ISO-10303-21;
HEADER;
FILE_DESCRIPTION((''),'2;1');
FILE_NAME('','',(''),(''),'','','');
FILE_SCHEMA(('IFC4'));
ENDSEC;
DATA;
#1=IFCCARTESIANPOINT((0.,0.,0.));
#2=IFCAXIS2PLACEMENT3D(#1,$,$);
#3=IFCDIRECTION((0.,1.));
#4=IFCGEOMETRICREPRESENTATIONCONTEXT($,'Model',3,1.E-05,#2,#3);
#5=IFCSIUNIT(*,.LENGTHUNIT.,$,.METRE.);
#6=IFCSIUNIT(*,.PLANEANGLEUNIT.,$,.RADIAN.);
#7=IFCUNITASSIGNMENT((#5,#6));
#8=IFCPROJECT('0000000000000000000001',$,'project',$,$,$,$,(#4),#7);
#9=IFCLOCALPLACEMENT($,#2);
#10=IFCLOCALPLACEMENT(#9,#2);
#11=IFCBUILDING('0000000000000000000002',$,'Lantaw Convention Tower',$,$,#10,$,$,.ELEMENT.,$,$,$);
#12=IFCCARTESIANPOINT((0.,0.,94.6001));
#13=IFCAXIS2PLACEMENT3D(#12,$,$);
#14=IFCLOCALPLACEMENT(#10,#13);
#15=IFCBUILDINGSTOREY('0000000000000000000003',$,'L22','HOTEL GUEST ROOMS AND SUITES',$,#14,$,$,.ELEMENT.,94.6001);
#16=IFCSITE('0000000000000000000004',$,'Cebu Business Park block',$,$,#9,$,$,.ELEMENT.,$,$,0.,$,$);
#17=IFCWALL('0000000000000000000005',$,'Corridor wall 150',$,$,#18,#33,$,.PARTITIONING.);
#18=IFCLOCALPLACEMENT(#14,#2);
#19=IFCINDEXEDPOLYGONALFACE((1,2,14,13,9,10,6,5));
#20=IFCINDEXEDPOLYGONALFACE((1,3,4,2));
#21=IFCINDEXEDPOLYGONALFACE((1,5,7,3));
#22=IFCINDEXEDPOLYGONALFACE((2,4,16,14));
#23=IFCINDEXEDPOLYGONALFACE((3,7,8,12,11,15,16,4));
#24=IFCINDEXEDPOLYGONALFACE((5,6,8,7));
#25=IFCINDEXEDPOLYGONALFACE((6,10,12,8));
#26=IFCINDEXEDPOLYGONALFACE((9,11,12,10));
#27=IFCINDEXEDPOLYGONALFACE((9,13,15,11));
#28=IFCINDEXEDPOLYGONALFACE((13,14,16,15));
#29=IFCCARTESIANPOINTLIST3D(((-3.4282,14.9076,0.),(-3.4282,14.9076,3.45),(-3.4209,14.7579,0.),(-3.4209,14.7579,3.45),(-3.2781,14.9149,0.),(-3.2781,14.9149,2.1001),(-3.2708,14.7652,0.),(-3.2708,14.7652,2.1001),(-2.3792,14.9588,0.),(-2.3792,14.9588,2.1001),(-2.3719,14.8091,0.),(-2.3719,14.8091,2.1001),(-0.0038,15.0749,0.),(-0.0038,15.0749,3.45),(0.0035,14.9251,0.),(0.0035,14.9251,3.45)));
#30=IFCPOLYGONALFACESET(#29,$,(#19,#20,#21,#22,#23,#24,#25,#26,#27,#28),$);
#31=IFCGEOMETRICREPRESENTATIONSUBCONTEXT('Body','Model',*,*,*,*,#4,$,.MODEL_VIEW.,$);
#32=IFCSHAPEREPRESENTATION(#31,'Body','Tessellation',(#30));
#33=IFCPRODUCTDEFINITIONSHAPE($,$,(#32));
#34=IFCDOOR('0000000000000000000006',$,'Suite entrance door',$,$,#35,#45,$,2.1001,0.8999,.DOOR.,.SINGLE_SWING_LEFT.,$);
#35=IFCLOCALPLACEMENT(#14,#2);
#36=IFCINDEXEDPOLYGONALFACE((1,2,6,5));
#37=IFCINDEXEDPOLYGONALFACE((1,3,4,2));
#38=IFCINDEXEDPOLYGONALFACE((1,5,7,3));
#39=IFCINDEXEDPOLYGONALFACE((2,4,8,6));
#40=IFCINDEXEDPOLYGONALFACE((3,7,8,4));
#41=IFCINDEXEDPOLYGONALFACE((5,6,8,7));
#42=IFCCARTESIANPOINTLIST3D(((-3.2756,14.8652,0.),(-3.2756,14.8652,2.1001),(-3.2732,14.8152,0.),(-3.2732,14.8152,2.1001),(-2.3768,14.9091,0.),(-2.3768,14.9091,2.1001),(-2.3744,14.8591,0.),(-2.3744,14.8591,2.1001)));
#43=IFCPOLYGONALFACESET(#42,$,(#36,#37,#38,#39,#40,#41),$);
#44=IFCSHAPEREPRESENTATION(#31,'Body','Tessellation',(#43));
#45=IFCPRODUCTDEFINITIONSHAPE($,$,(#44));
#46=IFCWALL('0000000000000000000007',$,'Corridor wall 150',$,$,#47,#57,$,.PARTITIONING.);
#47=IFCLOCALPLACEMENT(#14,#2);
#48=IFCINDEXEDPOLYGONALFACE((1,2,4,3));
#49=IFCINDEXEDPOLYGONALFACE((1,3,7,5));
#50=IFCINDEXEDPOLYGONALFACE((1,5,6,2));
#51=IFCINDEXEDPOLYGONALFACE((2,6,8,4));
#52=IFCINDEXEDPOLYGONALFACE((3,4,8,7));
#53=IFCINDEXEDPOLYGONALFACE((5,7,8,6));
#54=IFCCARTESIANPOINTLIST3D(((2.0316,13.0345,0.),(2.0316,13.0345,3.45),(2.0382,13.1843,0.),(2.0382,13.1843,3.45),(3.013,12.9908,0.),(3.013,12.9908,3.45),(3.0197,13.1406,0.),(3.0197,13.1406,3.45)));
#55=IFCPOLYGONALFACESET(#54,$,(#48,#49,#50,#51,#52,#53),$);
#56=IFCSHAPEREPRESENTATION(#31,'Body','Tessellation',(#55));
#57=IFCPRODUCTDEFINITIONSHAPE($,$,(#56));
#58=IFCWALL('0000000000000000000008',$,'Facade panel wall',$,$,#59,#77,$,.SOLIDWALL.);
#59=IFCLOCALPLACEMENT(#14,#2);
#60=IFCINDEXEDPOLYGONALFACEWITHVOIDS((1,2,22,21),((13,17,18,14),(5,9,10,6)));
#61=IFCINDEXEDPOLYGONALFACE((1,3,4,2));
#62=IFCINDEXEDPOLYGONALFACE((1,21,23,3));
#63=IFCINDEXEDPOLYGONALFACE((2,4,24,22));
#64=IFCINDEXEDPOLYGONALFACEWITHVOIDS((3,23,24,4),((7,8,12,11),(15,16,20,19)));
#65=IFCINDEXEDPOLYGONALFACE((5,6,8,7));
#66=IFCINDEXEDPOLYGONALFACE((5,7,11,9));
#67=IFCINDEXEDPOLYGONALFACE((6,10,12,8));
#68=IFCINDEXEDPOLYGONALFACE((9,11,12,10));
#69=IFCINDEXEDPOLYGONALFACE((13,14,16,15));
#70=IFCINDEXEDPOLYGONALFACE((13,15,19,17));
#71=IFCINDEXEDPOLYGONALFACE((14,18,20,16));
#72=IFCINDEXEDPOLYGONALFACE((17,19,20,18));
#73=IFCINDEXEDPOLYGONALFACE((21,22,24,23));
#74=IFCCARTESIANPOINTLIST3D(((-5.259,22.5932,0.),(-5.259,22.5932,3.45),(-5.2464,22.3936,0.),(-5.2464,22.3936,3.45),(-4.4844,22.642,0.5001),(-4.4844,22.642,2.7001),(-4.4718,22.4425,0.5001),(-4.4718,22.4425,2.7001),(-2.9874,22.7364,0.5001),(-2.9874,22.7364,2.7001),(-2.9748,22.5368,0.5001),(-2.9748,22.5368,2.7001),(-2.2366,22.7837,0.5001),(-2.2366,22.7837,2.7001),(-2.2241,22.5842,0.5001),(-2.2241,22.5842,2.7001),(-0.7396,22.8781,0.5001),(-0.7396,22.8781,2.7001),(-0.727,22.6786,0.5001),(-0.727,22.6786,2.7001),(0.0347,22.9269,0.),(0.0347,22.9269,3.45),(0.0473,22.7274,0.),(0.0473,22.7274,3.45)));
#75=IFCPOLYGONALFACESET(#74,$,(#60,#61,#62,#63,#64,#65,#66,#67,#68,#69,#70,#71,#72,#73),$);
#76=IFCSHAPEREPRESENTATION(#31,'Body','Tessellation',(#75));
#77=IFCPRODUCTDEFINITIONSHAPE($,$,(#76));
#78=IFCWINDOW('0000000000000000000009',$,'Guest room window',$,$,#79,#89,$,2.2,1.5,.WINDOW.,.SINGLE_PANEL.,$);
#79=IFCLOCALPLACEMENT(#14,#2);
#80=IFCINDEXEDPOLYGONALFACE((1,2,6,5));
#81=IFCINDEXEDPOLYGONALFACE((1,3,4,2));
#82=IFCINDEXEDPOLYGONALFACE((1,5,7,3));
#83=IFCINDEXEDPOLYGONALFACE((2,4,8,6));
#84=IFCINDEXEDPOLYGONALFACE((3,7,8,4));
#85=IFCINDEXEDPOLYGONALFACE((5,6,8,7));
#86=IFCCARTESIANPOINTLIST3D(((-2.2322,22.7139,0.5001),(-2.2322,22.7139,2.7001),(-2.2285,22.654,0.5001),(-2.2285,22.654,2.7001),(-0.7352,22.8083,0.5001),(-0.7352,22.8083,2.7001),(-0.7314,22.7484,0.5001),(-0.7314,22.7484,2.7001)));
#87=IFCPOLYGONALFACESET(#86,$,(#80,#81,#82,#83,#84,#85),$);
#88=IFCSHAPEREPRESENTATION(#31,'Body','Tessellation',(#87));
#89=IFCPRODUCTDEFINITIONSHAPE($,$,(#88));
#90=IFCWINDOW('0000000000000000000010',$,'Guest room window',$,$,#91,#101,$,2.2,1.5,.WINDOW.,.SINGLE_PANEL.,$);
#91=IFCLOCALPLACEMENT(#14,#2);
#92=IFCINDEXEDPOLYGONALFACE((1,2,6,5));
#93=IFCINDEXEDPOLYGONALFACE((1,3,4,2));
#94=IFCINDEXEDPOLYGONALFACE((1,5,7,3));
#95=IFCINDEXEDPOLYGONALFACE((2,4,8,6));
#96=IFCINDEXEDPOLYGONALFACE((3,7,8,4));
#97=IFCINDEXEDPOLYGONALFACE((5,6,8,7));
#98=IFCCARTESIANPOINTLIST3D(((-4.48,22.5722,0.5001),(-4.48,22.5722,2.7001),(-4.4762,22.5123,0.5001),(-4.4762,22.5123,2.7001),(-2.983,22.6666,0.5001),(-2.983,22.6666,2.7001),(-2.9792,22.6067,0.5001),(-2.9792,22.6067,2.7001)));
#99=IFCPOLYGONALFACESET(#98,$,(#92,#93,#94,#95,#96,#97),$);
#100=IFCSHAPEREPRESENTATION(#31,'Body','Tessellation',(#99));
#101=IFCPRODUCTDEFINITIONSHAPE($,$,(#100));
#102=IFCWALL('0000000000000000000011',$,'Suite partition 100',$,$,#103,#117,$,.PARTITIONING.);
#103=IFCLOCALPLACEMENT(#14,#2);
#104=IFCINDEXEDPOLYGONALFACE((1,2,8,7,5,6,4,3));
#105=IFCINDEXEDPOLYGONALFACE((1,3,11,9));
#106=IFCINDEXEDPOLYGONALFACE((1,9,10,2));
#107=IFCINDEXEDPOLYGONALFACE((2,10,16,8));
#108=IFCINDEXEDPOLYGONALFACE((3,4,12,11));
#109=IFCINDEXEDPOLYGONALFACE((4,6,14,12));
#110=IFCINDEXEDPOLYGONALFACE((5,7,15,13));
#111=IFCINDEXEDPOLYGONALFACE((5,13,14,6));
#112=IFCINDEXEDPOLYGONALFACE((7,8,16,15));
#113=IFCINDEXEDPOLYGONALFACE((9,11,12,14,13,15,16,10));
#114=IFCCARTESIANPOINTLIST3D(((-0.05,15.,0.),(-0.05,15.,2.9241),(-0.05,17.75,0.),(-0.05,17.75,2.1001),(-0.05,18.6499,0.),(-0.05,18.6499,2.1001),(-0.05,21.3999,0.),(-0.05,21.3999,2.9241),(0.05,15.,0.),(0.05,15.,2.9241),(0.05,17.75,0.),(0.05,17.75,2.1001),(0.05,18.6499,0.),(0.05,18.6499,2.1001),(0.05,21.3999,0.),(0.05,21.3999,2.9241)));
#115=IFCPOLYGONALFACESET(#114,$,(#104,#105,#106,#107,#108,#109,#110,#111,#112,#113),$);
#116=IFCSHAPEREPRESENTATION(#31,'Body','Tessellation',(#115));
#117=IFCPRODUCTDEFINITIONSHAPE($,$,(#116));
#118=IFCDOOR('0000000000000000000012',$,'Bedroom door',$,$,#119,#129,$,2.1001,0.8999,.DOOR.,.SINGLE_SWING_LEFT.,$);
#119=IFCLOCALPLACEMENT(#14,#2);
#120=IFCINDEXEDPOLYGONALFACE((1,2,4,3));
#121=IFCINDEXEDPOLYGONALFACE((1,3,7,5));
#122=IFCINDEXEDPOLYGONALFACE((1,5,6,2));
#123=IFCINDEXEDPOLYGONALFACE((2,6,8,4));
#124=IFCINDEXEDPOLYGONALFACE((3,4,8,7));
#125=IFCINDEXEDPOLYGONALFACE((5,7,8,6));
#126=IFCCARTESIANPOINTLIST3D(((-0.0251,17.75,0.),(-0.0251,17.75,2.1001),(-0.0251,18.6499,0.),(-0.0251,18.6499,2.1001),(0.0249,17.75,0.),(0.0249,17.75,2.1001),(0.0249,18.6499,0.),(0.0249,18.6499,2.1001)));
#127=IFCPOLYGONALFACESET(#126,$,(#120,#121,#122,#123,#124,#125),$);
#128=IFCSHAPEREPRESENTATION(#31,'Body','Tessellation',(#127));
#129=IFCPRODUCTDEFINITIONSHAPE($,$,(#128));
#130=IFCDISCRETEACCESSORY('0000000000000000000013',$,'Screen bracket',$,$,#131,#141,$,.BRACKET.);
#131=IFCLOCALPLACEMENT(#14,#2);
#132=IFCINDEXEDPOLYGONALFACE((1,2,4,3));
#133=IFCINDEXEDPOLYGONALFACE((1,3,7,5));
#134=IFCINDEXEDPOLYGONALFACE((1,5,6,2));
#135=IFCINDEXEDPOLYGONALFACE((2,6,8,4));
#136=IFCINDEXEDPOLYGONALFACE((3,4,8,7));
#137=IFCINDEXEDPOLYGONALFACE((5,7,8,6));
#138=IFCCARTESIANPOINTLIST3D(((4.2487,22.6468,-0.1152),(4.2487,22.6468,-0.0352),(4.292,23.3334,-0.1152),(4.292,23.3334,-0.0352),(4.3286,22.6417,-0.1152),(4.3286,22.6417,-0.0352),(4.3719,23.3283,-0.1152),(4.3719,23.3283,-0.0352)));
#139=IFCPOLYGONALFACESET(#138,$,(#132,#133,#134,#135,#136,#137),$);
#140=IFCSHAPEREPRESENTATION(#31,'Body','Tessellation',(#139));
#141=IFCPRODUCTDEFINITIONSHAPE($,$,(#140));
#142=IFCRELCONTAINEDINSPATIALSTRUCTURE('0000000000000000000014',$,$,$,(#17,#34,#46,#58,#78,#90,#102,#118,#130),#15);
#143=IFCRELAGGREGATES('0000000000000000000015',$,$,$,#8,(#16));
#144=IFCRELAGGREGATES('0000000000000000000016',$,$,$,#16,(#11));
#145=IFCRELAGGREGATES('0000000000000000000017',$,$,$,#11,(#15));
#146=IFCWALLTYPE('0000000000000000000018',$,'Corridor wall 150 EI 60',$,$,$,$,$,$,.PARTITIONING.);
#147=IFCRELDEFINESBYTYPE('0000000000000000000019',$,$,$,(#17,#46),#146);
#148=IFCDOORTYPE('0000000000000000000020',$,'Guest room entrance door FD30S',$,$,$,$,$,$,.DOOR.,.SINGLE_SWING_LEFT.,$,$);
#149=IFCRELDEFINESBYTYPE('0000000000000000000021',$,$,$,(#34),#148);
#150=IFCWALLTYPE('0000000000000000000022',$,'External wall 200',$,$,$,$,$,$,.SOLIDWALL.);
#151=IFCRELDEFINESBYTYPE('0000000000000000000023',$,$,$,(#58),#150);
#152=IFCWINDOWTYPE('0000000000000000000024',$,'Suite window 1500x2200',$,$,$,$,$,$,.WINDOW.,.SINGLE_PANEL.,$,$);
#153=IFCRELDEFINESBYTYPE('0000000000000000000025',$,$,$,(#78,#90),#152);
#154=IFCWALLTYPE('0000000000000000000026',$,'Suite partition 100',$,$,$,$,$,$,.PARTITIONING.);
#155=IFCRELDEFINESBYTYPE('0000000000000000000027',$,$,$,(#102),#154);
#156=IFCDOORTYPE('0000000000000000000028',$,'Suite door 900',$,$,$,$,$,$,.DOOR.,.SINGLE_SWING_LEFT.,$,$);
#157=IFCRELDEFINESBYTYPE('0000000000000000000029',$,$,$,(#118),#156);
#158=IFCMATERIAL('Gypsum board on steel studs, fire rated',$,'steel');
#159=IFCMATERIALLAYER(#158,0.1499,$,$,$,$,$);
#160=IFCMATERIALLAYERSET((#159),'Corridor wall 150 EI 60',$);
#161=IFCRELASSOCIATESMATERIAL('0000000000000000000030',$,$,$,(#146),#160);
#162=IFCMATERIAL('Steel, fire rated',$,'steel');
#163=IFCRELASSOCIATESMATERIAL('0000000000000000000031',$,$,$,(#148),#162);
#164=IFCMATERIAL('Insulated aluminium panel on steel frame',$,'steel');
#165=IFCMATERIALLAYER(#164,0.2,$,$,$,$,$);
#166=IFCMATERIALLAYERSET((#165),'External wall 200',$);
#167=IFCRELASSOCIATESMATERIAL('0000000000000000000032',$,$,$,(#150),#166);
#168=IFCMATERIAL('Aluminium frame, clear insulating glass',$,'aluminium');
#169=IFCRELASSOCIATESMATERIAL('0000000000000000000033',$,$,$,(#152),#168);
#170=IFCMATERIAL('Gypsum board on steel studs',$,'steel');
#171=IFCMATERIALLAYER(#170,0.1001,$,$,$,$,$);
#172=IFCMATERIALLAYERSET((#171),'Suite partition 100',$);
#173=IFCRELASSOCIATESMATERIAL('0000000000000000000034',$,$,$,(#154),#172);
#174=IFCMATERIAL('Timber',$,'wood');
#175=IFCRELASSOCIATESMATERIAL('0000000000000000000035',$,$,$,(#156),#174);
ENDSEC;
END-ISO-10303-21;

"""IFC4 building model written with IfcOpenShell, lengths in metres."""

from ifc_helpers import new_model, si_unit, direction, frame, frame_2d, origin, origin_2d, place, context, subcontext, project, spatial, rectangle, extrude, material, layer, layer_set, type_object, element, fill, save


model = new_model("IFC4")

# Units and contexts
model_context = context("Model", 3, precision=1e-05, world=origin(), true_north=direction((0.0, 1.0)))
body_context = subcontext(model_context, "Body", "Model", "MODEL_VIEW")
ifc_project = project(units=[si_unit("LENGTHUNIT", "METRE"), si_unit("PLANEANGLEUNIT", "RADIAN")], contexts=[model_context])

# Site, building, storey
site_placement = place(None, origin())
site = spatial("IfcSite", under=ifc_project, at=site_placement, Name="Cebu Business Park block", CompositionType="ELEMENT", RefElevation=0.0)
building_placement = place(site_placement, origin())
building = spatial("IfcBuilding", under=site, at=building_placement, Name="Lantaw Convention Tower", CompositionType="ELEMENT")
storey_placement = place(building_placement, frame((0.0, 0.0, 94.6001)))
storey = spatial("IfcBuildingStorey", under=building, at=storey_placement, Name="L22", Description="HOTEL GUEST ROOMS AND SUITES", CompositionType="ELEMENT", Elevation=94.6001)

# Shared definitions
ifc_material_1 = material(Name="Gypsum board on steel studs", Category="steel")

# Shared definitions
ifc_material_2 = material(Name="Timber", Category="wood")

# Shared definitions
ifc_material_3 = material(Name="Gypsum board on steel studs, fire rated", Category="steel")
ifc_layer_1 = layer(ifc_material_3, 0.1499)
ifc_layer_set_1 = layer_set([ifc_layer_1], Name="Corridor wall 150 EI 60")
wall_type_1 = type_object("IfcWallType", Name="Corridor wall 150 EI 60", PredefinedType="PARTITIONING", material=ifc_layer_set_1)

# Wall, opening, door
wall_1_placement = place(storey_placement, frame((0.0, 15.0, 0.0), z_axis=(0.0, 0.0, 1.0), x_axis=(-0.99881, -0.04878, 0.0)))
wall_1 = element("IfcWall", 1, at=wall_1_placement, inside=storey, type_object=wall_type_1, Name="Corridor wall 150", PredefinedType="PARTITIONING", context=body_context, shape_type="SweptSolid", body=[
    extrude(rectangle(XDim=3.4285, YDim=0.1499, at=frame_2d((1.7144, 0.0))), origin(), (0.0, 0.0, 1.0), 3.45),
])
opening_1_placement = place(wall_1_placement, frame((2.3784, 0.0, 0.0)))
opening_1 = element("IfcOpeningElement", 2, at=opening_1_placement, cuts=wall_1, PredefinedType="OPENING", context=body_context, shape_type="SweptSolid", body=[
    extrude(rectangle(XDim=0.8999, YDim=2.1001, at=frame_2d((0.45, 1.05))), frame((0.0, 0.085, 0.0), z_axis=(0.0, -1.0, 0.0), x_axis=(1.0, 0.0, 0.0)), (0.0, 0.0, 1.0), 0.1699),
])
ifc_material_4 = material(Name="Steel, fire rated", Category="steel")
door_type_1 = type_object("IfcDoorType", Name="Guest room entrance door FD30S", OperationType="SINGLE_SWING_LEFT", PredefinedType="DOOR", material=ifc_material_4)
door_1_placement = place(opening_1_placement, origin())
door_1 = element("IfcDoor", 3, at=door_1_placement, inside=storey, type_object=door_type_1, Name="Suite entrance door", OperationType="SINGLE_SWING_LEFT", OverallHeight=2.1001, OverallWidth=0.8999, PredefinedType="DOOR", context=body_context, shape_type="SweptSolid", body=[
    extrude(rectangle(XDim=0.8999, YDim=2.1001, at=frame_2d((0.45, 1.05))), frame((0.0, 0.0249, 0.0), z_axis=(0.0, -1.0, 0.0), x_axis=(1.0, 0.0, 0.0)), (0.0, 0.0, 1.0), 0.05),
])
fill(opening_1, door_1)

# Wall
wall_2_placement = place(storey_placement, frame((3.0164, 13.0657, 0.0), z_axis=(0.0, 0.0, 1.0), x_axis=(-0.99901, 0.044483, 0.0)))
element("IfcWall", 4, at=wall_2_placement, inside=storey, type_object=wall_type_1, Name="Corridor wall 150", PredefinedType="PARTITIONING", context=body_context, shape_type="SweptSolid", body=[
    extrude(rectangle(XDim=0.9824, YDim=0.1499, at=frame_2d((0.4912, 0.0))), origin(), (0.0, 0.0, 1.0), 3.45),
])

# Wall, openings, windows
ifc_material_5 = material(Name="Insulated aluminium panel on steel frame", Category="steel")
ifc_layer_2 = layer(ifc_material_5, 0.2)
ifc_layer_set_2 = layer_set([ifc_layer_2], Name="External wall 200")
wall_type_2 = type_object("IfcWallType", Name="External wall 200", PredefinedType="SOLIDWALL", material=ifc_layer_set_2)
wall_3_placement = place(storey_placement, frame((0.041, 22.8271, 0.0), z_axis=(0.0, 0.0, 1.0), x_axis=(-0.998019, -0.06292, 0.0)))
wall_3 = element("IfcWall", 5, at=wall_3_placement, inside=storey, type_object=wall_type_2, Name="Facade panel wall", PredefinedType="SOLIDWALL", context=body_context, shape_type="SweptSolid", body=[
    extrude(rectangle(XDim=5.3042, YDim=0.2, at=frame_2d((2.6521, 0.0))), origin(), (0.0, 0.0, 1.0), 3.45),
])
opening_2_placement = place(wall_3_placement, frame((0.7759, 0.0, 0.5)))
opening_2 = element("IfcOpeningElement", 6, at=opening_2_placement, cuts=wall_3, PredefinedType="OPENING", context=body_context, shape_type="SweptSolid", body=[
    extrude(rectangle(XDim=1.5, YDim=2.2, at=frame_2d((0.75, 1.1001))), frame((0.0, 0.1099, 0.0), z_axis=(0.0, -1.0, 0.0), x_axis=(1.0, 0.0, 0.0)), (0.0, 0.0, 1.0), 0.22),
])
opening_3_placement = place(wall_3_placement, frame((3.0281, 0.0, 0.5)))
opening_3 = element("IfcOpeningElement", 7, at=opening_3_placement, cuts=wall_3, PredefinedType="OPENING", context=body_context, shape_type="SweptSolid", body=[
    extrude(rectangle(XDim=1.5, YDim=2.2, at=frame_2d((0.75, 1.1001))), frame((0.0, 0.1099, 0.0), z_axis=(0.0, -1.0, 0.0), x_axis=(1.0, 0.0, 0.0)), (0.0, 0.0, 1.0), 0.22),
])
ifc_material_6 = material(Name="Aluminium frame, clear insulating glass", Category="aluminium")
window_type = type_object("IfcWindowType", Name="Suite window 1500x2200", PartitioningType="SINGLE_PANEL", PredefinedType="WINDOW", material=ifc_material_6)
window_1_placement = place(opening_2_placement, origin())
window_1 = element("IfcWindow", 8, at=window_1_placement, inside=storey, type_object=window_type, Name="Guest room window", OverallHeight=2.2, OverallWidth=1.5, PartitioningType="SINGLE_PANEL", PredefinedType="WINDOW", context=body_context, shape_type="SweptSolid", body=[
    extrude(rectangle(XDim=1.5, YDim=2.2, at=frame_2d((0.75, 1.1001))), frame((0.0, 0.03, 0.0), z_axis=(0.0, -1.0, 0.0), x_axis=(1.0, 0.0, 0.0)), (0.0, 0.0, 1.0), 0.0601),
])
fill(opening_2, window_1)
window_2_placement = place(opening_3_placement, origin())
window_2 = element("IfcWindow", 9, at=window_2_placement, inside=storey, type_object=window_type, Name="Guest room window", OverallHeight=2.2, OverallWidth=1.5, PartitioningType="SINGLE_PANEL", PredefinedType="WINDOW", context=body_context, shape_type="SweptSolid", body=[
    extrude(rectangle(XDim=1.5, YDim=2.2, at=frame_2d((0.75, 1.1001))), frame((0.0, 0.03, 0.0), z_axis=(0.0, -1.0, 0.0), x_axis=(1.0, 0.0, 0.0)), (0.0, 0.0, 1.0), 0.0601),
])
fill(opening_3, window_2)

# Wall, opening, door
ifc_layer_3 = layer(ifc_material_1, 0.1001)
ifc_layer_set_3 = layer_set([ifc_layer_3], Name="Suite partition 100")
wall_type_3 = type_object("IfcWallType", Name="Suite partition 100", PredefinedType="PARTITIONING", material=ifc_layer_set_3)
wall_4_placement = place(storey_placement, frame((0.0, 21.3999, 0.0), z_axis=(0.0, 0.0, 1.0), x_axis=(0.0, -1.0, 0.0)))
wall_4 = element("IfcWall", 10, at=wall_4_placement, inside=storey, type_object=wall_type_3, Name="Suite partition 100", PredefinedType="PARTITIONING", context=body_context, shape_type="SweptSolid", body=[
    extrude(rectangle(XDim=6.3999, YDim=0.1001, at=frame_2d((3.2, 0.0))), origin(), (0.0, 0.0, 1.0), 2.9241),
])
opening_4_placement = place(wall_4_placement, frame((2.75, 0.0, 0.0)))
opening_4 = element("IfcOpeningElement", 11, at=opening_4_placement, cuts=wall_4, PredefinedType="OPENING", context=body_context, shape_type="SweptSolid", body=[
    extrude(rectangle(XDim=0.8999, YDim=2.1001, at=frame_2d((0.45, 1.05))), frame((0.0, 0.0601, 0.0), z_axis=(0.0, -1.0, 0.0), x_axis=(1.0, 0.0, 0.0)), (0.0, 0.0, 1.0), 0.1201),
])
door_type_2 = type_object("IfcDoorType", Name="Suite door 900", OperationType="SINGLE_SWING_LEFT", PredefinedType="DOOR", material=ifc_material_2)
door_2_placement = place(opening_4_placement, origin())
door_2 = element("IfcDoor", 12, at=door_2_placement, inside=storey, type_object=door_type_2, Name="Bedroom door", OperationType="SINGLE_SWING_LEFT", OverallHeight=2.1001, OverallWidth=0.8999, PredefinedType="DOOR", context=body_context, shape_type="SweptSolid", body=[
    extrude(rectangle(XDim=0.8999, YDim=2.1001, at=frame_2d((0.45, 1.05))), frame((0.0, 0.0249, 0.0), z_axis=(0.0, -1.0, 0.0), x_axis=(1.0, 0.0, 0.0)), (0.0, 0.0, 1.0), 0.05),
])
fill(opening_4, door_2)

# Discrete accessory
discrete_accessory_placement = place(storey_placement, frame((4.3103, 22.9875, -0.1152), z_axis=(0.0, 0.0, 1.0), x_axis=(-0.998016, 0.062958, 0.0)))
element("IfcDiscreteAccessory", 13, at=discrete_accessory_placement, inside=storey, Name="Screen bracket", PredefinedType="BRACKET", context=body_context, shape_type="SweptSolid", body=[
    extrude(rectangle(XDim=0.0801, YDim=0.688, at=origin_2d()), origin(), (0.0, 0.0, 1.0), 0.0801),
])

save(model, "model.ifc")
